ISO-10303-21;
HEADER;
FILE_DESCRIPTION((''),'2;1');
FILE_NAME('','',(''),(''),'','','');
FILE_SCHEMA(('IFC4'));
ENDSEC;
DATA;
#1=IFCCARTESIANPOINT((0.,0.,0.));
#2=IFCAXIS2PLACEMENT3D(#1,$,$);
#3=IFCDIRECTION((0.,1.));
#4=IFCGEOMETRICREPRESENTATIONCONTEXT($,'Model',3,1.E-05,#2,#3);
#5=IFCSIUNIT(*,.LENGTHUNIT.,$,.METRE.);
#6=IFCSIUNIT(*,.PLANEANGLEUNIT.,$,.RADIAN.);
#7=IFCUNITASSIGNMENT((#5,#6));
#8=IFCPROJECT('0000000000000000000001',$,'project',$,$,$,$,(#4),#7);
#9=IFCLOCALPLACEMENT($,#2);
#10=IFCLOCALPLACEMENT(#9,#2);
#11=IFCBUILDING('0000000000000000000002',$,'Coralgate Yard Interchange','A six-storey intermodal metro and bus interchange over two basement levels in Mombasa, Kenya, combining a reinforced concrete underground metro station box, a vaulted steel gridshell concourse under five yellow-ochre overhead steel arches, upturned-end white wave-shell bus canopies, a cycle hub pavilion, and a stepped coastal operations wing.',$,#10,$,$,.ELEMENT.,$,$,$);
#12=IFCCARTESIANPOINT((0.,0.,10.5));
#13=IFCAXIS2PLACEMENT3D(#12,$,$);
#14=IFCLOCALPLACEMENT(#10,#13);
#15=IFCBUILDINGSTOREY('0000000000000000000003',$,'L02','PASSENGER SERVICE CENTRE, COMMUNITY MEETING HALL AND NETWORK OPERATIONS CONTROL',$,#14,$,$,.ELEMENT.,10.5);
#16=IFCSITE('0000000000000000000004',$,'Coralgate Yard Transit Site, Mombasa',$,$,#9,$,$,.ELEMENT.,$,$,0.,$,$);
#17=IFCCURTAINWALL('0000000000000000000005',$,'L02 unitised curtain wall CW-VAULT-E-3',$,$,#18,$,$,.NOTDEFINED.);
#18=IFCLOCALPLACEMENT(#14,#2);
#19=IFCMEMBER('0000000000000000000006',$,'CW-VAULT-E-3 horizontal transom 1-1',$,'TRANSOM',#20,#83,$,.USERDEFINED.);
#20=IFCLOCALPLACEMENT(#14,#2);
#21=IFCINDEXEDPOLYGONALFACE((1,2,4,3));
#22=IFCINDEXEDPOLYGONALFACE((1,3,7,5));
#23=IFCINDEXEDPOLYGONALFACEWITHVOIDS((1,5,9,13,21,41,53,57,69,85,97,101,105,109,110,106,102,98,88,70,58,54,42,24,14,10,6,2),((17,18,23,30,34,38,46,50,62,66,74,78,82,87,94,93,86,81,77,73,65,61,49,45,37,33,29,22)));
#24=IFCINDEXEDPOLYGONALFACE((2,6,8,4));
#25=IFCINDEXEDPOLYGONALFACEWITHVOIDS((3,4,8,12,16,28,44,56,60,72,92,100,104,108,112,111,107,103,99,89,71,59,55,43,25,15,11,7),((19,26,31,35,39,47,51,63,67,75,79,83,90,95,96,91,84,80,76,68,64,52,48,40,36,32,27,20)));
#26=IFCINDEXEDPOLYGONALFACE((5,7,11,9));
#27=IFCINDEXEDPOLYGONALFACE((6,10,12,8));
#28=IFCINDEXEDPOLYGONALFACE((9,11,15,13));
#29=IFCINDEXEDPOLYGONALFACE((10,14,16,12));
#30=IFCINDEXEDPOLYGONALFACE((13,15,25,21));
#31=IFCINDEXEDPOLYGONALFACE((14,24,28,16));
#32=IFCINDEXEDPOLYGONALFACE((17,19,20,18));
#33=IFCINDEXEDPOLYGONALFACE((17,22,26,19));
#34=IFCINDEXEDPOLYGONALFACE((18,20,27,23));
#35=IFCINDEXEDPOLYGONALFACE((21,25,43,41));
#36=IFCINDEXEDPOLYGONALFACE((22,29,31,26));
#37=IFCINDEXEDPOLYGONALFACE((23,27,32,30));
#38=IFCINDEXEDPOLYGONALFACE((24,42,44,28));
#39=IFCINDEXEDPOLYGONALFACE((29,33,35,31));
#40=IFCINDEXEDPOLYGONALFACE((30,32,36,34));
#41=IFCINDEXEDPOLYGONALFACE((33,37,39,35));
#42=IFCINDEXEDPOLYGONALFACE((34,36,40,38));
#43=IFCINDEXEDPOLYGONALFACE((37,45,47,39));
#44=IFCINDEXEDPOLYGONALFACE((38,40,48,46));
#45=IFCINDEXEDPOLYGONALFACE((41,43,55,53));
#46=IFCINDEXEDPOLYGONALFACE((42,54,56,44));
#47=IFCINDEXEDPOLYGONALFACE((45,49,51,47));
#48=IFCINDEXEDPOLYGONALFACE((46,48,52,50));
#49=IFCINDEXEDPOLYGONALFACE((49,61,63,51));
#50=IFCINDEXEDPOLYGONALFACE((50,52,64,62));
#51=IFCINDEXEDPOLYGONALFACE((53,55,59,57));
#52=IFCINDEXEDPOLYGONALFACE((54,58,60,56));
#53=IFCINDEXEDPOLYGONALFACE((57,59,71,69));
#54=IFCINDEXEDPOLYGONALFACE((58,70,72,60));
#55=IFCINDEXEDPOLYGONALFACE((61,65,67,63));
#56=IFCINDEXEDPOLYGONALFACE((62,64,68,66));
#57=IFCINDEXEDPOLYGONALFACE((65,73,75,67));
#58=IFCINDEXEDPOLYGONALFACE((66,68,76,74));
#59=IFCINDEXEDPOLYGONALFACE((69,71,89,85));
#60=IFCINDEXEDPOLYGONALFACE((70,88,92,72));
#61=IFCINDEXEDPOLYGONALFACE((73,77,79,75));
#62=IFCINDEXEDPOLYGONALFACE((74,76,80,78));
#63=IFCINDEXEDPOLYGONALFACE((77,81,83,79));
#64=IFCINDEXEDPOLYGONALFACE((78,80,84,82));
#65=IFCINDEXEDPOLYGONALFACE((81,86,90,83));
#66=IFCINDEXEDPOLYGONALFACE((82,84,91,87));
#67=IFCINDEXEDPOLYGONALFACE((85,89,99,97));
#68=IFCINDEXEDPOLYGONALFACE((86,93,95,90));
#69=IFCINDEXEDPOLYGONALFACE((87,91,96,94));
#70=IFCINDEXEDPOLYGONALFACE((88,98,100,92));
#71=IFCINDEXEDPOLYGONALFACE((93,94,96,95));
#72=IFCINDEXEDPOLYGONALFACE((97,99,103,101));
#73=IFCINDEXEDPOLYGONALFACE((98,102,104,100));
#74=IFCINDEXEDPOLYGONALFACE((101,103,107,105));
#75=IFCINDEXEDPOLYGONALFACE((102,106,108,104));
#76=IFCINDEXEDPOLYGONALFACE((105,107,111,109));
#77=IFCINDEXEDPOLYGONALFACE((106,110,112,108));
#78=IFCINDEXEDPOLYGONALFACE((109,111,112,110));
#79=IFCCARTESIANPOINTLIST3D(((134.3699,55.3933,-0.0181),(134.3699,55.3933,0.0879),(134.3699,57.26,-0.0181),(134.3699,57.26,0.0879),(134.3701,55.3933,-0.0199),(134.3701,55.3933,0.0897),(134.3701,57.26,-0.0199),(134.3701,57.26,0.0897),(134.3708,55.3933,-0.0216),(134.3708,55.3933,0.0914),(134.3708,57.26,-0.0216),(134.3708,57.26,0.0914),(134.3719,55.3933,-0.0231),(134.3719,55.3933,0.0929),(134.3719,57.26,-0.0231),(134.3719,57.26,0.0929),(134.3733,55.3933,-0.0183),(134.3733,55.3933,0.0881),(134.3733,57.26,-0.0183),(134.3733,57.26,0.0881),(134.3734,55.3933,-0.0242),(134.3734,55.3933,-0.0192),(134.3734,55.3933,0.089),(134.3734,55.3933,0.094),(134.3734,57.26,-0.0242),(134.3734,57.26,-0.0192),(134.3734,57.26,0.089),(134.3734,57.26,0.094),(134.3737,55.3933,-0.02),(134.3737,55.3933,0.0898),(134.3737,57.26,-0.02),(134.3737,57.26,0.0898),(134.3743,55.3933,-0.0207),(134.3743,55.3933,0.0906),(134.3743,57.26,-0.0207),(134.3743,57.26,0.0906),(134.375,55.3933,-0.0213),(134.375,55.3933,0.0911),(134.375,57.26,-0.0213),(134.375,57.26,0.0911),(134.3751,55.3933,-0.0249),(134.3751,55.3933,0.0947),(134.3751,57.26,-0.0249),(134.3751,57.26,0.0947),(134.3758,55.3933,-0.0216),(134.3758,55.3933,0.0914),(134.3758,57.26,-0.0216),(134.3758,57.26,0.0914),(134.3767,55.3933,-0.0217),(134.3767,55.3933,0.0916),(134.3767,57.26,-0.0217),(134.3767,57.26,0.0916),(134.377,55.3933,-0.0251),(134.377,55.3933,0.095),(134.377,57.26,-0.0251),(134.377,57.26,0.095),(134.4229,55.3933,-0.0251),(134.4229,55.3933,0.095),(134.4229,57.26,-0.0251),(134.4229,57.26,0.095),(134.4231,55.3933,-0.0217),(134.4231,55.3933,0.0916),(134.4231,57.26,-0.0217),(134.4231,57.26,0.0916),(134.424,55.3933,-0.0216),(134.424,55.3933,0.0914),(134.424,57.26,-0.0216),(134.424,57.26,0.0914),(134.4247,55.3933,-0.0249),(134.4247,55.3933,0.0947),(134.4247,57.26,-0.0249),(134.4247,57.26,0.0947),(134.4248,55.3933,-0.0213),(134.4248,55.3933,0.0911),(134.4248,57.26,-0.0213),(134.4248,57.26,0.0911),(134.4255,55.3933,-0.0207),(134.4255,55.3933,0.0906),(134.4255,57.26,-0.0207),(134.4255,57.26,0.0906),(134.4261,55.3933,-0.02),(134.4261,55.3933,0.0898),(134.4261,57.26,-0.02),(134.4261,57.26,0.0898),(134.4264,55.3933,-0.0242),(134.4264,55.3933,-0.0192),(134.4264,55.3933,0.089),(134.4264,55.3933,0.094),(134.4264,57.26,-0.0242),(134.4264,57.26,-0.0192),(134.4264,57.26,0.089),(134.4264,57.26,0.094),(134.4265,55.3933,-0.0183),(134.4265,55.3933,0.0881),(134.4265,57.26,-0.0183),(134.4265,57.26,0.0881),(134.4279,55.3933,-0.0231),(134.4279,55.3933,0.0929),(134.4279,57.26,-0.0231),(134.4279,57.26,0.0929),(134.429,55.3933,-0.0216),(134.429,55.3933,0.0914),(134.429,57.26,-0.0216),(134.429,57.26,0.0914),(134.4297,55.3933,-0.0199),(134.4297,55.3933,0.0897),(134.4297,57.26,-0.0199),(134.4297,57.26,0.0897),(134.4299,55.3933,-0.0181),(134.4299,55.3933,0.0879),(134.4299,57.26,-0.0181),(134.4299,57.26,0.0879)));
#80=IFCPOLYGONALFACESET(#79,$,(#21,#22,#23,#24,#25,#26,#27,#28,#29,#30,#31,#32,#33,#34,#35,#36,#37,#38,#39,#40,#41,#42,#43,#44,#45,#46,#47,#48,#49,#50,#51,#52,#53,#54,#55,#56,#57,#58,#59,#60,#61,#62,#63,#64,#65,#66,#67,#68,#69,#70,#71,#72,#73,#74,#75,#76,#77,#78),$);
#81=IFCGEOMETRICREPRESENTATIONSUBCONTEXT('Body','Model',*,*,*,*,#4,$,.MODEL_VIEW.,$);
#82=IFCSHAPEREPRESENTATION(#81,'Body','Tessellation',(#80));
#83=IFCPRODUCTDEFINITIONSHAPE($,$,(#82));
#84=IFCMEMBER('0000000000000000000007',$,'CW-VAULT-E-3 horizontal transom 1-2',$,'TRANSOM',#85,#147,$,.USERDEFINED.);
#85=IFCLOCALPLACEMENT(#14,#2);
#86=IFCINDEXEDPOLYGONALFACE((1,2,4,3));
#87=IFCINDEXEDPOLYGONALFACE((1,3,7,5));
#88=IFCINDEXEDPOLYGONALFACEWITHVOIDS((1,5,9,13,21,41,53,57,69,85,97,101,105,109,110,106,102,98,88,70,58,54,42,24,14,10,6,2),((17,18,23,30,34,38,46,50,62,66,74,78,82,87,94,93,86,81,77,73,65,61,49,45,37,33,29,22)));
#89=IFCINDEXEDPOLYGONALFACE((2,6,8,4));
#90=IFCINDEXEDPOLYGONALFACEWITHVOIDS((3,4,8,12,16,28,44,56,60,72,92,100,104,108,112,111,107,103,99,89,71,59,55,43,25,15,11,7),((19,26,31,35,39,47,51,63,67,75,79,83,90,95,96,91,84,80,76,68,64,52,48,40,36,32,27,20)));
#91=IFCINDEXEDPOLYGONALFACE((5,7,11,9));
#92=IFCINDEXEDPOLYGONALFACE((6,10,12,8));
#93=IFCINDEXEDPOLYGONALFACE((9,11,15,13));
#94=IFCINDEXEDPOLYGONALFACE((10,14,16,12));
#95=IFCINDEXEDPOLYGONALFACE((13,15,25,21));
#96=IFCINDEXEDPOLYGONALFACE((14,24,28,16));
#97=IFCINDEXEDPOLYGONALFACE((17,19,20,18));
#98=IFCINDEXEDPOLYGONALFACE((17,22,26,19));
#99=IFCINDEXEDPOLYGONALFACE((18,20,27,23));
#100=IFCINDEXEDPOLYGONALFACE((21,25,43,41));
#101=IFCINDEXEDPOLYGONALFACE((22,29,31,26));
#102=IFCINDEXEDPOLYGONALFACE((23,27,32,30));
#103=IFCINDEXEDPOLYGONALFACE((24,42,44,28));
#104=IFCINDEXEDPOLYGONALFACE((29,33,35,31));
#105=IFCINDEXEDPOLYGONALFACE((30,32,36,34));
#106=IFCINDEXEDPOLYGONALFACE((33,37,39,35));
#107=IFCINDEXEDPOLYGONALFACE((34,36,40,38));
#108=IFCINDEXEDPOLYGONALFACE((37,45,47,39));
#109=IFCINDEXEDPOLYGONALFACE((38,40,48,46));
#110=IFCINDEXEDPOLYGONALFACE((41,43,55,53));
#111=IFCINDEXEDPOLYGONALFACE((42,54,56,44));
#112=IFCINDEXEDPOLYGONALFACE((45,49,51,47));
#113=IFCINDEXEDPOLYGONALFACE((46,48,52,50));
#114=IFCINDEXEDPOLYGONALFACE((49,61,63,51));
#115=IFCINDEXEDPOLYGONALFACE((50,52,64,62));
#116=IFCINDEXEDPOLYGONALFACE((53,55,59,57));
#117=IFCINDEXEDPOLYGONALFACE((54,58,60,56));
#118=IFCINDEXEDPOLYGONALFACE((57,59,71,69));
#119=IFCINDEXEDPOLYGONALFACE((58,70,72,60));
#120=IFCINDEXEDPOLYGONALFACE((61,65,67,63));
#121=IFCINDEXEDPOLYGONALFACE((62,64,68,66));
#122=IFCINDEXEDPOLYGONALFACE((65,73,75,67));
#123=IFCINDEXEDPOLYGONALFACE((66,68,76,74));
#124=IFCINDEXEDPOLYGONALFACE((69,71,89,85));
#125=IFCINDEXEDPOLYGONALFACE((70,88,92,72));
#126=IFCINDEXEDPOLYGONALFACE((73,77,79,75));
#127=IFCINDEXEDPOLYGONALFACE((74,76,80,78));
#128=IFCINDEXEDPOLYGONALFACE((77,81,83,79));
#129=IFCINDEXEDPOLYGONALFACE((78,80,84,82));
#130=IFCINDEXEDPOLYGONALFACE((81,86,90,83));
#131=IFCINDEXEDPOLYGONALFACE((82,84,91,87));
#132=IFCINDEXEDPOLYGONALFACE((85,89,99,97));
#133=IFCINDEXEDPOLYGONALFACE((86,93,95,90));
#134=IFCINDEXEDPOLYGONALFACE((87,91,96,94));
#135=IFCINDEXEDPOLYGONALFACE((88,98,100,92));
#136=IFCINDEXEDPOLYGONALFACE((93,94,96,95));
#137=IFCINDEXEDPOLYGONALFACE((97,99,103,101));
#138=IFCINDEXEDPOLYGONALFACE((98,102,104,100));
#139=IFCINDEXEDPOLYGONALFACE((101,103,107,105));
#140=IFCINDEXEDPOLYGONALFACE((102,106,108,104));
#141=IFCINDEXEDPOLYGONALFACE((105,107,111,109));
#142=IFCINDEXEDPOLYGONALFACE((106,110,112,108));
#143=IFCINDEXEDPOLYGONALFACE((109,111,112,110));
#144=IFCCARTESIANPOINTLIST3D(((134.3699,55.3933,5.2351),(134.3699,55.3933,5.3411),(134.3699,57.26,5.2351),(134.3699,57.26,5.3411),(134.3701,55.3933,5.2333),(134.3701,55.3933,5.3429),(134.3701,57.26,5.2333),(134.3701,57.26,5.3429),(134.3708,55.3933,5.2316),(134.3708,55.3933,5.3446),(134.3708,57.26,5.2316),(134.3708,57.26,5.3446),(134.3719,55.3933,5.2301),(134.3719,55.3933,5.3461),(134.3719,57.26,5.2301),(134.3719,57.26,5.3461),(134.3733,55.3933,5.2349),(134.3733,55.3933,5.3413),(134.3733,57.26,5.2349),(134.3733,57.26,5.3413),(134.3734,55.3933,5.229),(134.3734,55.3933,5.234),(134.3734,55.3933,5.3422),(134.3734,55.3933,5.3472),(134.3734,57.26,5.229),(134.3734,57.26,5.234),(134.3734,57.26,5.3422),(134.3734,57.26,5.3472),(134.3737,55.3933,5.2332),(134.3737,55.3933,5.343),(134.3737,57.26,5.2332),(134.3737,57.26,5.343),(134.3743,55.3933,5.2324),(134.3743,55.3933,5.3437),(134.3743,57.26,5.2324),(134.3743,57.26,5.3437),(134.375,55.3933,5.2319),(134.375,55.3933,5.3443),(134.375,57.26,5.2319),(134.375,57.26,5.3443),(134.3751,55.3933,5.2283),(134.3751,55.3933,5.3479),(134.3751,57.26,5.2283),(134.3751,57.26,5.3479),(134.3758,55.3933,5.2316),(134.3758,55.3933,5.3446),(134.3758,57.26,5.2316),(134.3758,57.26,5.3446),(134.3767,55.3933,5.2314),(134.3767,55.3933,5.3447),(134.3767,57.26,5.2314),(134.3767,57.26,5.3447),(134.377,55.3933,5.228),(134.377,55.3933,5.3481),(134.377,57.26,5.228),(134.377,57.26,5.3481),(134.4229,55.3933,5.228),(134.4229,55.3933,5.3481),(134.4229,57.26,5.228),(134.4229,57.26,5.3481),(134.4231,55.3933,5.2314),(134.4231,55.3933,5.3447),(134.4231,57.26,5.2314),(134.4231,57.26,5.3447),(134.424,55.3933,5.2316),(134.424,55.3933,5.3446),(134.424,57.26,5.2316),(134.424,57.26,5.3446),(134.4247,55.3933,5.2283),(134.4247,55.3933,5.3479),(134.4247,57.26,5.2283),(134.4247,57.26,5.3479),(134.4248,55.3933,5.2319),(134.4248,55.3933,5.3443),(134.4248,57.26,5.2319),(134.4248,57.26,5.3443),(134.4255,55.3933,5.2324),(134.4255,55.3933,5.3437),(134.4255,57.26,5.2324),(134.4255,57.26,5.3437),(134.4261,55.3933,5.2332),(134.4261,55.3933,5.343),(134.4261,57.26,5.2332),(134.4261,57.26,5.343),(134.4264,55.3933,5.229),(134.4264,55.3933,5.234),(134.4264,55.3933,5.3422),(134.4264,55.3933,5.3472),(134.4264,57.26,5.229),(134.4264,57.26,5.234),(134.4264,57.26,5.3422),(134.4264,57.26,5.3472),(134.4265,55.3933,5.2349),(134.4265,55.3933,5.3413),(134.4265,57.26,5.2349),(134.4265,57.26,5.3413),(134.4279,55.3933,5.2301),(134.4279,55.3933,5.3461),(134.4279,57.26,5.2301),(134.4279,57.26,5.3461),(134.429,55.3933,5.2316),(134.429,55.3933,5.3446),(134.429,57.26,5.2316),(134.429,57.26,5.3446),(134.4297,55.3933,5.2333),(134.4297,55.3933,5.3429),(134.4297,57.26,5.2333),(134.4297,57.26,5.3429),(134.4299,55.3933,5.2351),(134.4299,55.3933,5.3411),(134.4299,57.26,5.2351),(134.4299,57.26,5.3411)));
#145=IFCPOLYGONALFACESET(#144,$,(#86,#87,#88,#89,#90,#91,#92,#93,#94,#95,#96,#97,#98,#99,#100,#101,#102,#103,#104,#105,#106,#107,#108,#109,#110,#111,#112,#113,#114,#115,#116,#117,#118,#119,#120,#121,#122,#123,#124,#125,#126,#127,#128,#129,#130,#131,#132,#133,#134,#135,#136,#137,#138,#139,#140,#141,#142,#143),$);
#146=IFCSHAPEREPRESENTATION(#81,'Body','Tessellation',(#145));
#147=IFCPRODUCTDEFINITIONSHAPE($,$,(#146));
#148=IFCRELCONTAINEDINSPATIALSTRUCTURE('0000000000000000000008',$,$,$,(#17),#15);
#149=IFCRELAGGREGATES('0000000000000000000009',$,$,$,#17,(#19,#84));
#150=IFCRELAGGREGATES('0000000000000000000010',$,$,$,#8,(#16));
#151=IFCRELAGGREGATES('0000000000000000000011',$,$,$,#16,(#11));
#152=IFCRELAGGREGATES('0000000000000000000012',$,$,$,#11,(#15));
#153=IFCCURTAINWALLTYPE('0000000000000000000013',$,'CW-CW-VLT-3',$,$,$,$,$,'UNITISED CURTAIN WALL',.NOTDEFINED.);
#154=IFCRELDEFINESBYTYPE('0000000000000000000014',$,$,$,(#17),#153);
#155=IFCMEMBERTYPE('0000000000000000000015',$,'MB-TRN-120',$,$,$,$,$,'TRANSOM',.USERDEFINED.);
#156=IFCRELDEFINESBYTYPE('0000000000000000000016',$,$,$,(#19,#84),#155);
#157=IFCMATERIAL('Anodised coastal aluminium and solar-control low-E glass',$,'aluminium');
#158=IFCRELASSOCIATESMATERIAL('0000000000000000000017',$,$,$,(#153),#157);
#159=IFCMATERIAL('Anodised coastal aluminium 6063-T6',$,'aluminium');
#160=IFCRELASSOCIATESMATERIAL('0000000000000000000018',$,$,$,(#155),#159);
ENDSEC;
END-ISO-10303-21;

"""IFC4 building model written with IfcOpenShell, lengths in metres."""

from ifc_helpers import new_model, si_unit, direction, frame, origin, origin_2d, place, context, subcontext, project, spatial, hollow_rectangle, extrude, material, material_profile, profile_set, type_object, element, aggregate, save


model = new_model("IFC4")

# Units and contexts
model_context = context("Model", 3, precision=1e-05, world=origin(), true_north=direction((0.0, 1.0)))
body_context = subcontext(model_context, "Body", "Model", "MODEL_VIEW")
ifc_project = project(units=[si_unit("LENGTHUNIT", "METRE"), si_unit("PLANEANGLEUNIT", "RADIAN")], contexts=[model_context])

# Site, building, storey
site_placement = place(None, origin())
site = spatial("IfcSite", under=ifc_project, at=site_placement, Name="Coralgate Yard Transit Site, Mombasa", CompositionType="ELEMENT", RefElevation=0.0)
building_placement = place(site_placement, origin())
building = spatial("IfcBuilding", under=site, at=building_placement, Name="Coralgate Yard Interchange", Description="A six-storey intermodal metro and bus interchange over two basement levels in Mombasa, Kenya, combining a reinforced concrete underground metro station box, a vaulted steel gridshell concourse under five yellow-ochre overhead steel arches, upturned-end white wave-shell bus canopies, a cycle hub pavilion, and a stepped coastal operations wing.", CompositionType="ELEMENT")
storey_placement = place(building_placement, frame((0.0, 0.0, 10.5)))
storey = spatial("IfcBuildingStorey", under=building, at=storey_placement, Name="L02", Description="PASSENGER SERVICE CENTRE, COMMUNITY MEETING HALL AND NETWORK OPERATIONS CONTROL", CompositionType="ELEMENT", Elevation=10.5)

# Curtain wall
ifc_material_1 = material(Name="Anodised coastal aluminium and solar-control low-E glass", Category="aluminium")
curtain_wall_type_1 = type_object("IfcCurtainWallType", Name="CW-CW-VLT-3", ElementType="UNITISED CURTAIN WALL", PredefinedType="NOTDEFINED", material=ifc_material_1)
curtain_wall_1_placement = place(storey_placement, origin())
curtain_wall_1 = element("IfcCurtainWall", 1, at=curtain_wall_1_placement, inside=storey, type_object=curtain_wall_type_1, Name="L02 unitised curtain wall CW-VAULT-E-3", PredefinedType="NOTDEFINED")
ifc_material_2 = material(Name="Anodised coastal aluminium 6063-T6", Category="aluminium")

# Members
ifc_material_profile_1 = material_profile(ifc_material_2, hollow_rectangle(XDim=0.0601, YDim=0.1201, WallThickness=0.0034, InnerFilletRadius=0.0034, OuterFilletRadius=0.0071, at=origin_2d()), Name="ALU 60x120x3.5")
ifc_profile_set_1 = profile_set([ifc_material_profile_1], Name="Anodised coastal aluminium 6063-T6")
member_type_1 = type_object("IfcMemberType", Name="MB-TRN-120", ElementType="TRANSOM", PredefinedType="USERDEFINED", material=ifc_profile_set_1)
member_1_placement = place(storey_placement, frame((134.3999, 57.26, 0.0349), z_axis=(0.0, -1.0, 0.0), x_axis=(1.0, 0.0, 0.0)))
member_1 = element("IfcMember", 2, at=member_1_placement, type_object=member_type_1, Name="CW-VAULT-E-3 horizontal transom 1-1", ObjectType="TRANSOM", PredefinedType="USERDEFINED", context=body_context, shape_type="SweptSolid", body=[
    extrude(hollow_rectangle(XDim=0.0601, YDim=0.1201, WallThickness=0.0034, InnerFilletRadius=0.0034, OuterFilletRadius=0.0071, at=origin_2d()), origin(), (0.0, 0.0, 1.0), 1.8667),
])
member_2_placement = place(storey_placement, frame((134.3999, 57.26, 5.2881), z_axis=(0.0, -1.0, 0.0), x_axis=(1.0, 0.0, 0.0)))
member_2 = element("IfcMember", 3, at=member_2_placement, type_object=member_type_1, Name="CW-VAULT-E-3 horizontal transom 1-2", ObjectType="TRANSOM", PredefinedType="USERDEFINED", context=body_context, shape_type="SweptSolid", body=[
    extrude(hollow_rectangle(XDim=0.0601, YDim=0.1201, WallThickness=0.0034, InnerFilletRadius=0.0034, OuterFilletRadius=0.0071, at=origin_2d()), origin(), (0.0, 0.0, 1.0), 1.8667),
])

aggregate(curtain_wall_1, [member_1, member_2])

save(model, "model.ifc")
